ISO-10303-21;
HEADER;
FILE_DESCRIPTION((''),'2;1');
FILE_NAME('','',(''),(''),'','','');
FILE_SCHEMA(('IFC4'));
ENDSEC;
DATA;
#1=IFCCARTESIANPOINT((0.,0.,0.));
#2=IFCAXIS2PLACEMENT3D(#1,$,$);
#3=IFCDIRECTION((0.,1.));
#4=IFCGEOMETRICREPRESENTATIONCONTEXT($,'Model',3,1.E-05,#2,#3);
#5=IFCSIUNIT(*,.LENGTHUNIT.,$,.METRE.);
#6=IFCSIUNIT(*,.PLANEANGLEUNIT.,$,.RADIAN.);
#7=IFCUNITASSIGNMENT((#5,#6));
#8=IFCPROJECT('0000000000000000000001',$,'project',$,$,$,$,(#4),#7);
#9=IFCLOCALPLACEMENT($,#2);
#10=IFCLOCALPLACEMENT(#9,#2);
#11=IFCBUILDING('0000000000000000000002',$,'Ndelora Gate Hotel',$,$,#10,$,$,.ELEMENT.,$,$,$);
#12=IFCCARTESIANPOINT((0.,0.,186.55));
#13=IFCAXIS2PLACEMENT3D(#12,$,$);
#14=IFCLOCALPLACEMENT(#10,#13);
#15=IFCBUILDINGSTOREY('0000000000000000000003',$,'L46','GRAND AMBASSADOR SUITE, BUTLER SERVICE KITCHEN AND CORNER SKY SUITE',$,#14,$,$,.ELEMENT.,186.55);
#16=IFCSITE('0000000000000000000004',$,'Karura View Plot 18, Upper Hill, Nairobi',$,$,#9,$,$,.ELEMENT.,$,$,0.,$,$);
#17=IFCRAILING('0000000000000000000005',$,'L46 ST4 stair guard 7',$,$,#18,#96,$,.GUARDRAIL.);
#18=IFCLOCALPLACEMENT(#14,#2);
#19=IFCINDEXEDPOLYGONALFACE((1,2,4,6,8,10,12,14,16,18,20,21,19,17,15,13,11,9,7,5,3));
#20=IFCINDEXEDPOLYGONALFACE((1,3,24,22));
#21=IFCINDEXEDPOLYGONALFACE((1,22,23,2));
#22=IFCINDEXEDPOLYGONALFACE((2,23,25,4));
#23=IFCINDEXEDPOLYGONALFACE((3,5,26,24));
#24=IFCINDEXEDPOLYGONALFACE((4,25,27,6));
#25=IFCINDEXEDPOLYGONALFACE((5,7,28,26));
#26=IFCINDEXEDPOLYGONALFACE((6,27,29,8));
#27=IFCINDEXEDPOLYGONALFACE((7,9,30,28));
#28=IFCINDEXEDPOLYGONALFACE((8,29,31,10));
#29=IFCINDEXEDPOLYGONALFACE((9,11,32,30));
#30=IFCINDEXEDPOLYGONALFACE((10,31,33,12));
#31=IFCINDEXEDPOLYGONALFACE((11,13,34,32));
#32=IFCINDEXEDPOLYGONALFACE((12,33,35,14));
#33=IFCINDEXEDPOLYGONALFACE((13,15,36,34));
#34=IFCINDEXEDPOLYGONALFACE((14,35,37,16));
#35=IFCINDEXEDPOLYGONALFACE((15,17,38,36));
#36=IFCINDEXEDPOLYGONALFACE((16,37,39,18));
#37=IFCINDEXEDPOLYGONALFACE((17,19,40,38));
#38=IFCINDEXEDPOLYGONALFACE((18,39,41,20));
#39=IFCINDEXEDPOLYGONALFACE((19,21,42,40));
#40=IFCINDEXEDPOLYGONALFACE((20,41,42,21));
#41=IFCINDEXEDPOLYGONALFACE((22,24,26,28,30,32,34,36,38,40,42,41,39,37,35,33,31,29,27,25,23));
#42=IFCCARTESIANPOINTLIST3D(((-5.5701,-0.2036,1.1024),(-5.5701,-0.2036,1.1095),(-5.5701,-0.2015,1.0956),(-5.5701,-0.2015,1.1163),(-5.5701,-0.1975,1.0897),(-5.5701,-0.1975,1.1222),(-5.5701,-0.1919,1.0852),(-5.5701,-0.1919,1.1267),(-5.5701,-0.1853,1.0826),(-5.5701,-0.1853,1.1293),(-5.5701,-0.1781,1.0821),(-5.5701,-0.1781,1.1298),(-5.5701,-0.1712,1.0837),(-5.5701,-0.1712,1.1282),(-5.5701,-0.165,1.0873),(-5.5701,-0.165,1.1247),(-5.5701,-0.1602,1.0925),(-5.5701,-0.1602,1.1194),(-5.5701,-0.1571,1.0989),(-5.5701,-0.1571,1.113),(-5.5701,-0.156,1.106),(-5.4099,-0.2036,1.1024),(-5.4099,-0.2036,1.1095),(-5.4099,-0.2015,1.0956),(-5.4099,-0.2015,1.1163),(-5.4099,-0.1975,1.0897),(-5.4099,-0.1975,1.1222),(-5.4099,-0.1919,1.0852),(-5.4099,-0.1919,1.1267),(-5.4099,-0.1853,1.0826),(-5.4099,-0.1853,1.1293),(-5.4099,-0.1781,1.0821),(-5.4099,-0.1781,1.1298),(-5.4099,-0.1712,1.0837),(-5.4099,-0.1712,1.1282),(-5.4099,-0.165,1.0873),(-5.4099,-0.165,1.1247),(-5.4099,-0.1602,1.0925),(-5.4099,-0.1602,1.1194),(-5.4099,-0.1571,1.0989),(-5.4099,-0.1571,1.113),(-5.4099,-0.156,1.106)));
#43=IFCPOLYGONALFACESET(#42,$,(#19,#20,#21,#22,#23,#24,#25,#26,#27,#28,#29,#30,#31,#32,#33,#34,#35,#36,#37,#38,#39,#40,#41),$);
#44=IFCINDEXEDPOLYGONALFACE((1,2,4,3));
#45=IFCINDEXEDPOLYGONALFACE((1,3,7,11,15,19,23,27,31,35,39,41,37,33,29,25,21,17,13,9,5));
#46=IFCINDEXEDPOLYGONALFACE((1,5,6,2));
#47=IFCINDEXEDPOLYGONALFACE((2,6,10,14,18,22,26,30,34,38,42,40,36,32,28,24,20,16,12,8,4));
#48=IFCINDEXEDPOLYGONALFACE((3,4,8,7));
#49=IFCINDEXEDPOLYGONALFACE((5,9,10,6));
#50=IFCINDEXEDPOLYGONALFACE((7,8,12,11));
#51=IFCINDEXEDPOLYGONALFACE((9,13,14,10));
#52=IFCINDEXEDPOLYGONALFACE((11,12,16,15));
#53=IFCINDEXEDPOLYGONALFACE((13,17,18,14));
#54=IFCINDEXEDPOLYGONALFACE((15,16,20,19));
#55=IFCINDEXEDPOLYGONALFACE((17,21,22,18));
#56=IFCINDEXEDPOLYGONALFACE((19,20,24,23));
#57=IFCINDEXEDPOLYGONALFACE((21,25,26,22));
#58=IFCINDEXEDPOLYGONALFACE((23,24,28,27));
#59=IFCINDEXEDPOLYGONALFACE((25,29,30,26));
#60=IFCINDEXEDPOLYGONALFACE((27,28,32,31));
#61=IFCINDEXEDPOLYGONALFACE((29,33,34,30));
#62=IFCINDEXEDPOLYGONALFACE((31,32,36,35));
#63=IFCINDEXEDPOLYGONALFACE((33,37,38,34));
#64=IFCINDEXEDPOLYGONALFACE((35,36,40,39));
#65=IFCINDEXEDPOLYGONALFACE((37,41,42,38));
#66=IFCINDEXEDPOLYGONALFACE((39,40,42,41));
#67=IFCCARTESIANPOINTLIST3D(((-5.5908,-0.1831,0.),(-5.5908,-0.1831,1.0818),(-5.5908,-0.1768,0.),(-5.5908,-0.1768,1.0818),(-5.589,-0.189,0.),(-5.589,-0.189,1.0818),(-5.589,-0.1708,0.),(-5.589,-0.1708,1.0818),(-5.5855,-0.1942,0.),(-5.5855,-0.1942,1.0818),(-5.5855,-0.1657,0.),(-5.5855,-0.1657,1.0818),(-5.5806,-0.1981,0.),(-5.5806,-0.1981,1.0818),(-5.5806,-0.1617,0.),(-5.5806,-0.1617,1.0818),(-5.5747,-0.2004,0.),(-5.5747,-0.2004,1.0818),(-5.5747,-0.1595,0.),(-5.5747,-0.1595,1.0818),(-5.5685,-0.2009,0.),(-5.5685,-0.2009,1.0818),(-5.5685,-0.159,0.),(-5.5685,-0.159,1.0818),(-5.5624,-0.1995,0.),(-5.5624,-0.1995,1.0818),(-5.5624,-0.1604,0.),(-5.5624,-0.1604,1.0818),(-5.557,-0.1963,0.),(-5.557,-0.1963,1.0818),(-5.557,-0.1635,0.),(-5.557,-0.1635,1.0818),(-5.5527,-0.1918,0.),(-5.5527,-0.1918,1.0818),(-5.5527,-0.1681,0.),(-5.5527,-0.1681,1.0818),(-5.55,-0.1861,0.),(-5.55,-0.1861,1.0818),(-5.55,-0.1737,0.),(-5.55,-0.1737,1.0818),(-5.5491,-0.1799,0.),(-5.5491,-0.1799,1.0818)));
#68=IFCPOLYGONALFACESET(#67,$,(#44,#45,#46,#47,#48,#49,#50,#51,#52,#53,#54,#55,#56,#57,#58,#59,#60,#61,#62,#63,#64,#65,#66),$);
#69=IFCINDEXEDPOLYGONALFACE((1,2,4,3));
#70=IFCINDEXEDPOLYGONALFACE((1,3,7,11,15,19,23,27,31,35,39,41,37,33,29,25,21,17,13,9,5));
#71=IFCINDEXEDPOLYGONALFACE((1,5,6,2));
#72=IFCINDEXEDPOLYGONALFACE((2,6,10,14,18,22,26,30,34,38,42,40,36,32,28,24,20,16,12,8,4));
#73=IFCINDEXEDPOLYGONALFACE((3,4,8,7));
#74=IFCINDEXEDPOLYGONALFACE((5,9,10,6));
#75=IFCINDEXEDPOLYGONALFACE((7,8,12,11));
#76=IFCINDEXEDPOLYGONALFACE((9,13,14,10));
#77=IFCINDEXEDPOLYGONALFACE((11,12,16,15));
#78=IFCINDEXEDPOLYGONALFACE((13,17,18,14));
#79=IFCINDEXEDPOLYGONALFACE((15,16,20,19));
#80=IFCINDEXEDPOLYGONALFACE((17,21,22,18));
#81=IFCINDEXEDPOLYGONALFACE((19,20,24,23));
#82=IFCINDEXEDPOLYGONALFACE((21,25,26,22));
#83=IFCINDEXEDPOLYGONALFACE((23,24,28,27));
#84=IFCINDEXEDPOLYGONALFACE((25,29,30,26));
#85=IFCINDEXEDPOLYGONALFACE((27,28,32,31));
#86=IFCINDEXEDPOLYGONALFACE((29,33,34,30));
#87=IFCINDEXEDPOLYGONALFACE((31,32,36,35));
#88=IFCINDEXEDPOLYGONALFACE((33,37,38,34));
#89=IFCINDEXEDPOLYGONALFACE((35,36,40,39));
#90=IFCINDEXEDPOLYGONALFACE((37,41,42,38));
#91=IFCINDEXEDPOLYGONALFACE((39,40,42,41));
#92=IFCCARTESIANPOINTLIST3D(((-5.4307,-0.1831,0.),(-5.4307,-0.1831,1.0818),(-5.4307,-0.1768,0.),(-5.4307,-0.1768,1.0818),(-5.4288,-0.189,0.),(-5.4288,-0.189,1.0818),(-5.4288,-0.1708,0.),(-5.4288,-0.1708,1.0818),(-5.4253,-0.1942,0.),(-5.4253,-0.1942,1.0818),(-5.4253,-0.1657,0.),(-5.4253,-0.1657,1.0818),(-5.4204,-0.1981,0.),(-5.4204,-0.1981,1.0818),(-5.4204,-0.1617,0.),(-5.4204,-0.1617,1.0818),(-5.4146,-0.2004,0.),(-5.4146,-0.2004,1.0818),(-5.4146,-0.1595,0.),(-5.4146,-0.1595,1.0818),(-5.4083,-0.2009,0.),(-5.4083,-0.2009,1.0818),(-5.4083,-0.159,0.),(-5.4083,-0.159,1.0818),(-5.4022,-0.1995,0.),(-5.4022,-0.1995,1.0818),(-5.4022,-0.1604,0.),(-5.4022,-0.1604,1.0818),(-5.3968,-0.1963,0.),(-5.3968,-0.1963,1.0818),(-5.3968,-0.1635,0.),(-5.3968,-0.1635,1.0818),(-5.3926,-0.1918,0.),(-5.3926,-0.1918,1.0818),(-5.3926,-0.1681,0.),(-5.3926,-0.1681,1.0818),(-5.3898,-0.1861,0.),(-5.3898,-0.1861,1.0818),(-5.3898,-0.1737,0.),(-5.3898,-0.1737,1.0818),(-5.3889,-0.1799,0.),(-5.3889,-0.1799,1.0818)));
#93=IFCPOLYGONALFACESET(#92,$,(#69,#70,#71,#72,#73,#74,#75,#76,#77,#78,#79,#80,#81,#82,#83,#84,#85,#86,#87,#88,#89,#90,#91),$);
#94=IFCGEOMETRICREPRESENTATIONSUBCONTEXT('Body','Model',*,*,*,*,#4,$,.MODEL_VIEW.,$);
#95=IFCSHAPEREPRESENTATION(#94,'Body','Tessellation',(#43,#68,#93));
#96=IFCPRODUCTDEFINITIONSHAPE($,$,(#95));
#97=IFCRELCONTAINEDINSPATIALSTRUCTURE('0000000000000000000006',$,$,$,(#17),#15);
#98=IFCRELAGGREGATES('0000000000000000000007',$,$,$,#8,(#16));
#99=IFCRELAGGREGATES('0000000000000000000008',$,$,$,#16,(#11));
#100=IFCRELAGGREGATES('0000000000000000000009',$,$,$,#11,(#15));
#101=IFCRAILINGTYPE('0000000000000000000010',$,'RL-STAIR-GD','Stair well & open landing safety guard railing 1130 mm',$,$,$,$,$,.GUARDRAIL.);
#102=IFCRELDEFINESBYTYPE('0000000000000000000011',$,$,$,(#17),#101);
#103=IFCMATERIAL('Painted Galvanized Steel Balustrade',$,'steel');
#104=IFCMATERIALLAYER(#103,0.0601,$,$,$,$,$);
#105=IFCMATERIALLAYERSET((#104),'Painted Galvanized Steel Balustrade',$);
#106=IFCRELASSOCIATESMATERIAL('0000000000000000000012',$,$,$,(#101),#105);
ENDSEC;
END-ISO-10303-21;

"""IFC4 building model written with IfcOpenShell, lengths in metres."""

from ifc_helpers import new_model, si_unit, direction, frame, origin, origin_2d, place, context, subcontext, project, spatial, circle, extrude, material, layer, layer_set, type_object, element, save


model = new_model("IFC4")

# Units and contexts
model_context = context("Model", 3, precision=1e-05, world=origin(), true_north=direction((0.0, 1.0)))
body_context = subcontext(model_context, "Body", "Model", "MODEL_VIEW")
ifc_project = project(units=[si_unit("LENGTHUNIT", "METRE"), si_unit("PLANEANGLEUNIT", "RADIAN")], contexts=[model_context])

# Site, building, storey
site_placement = place(None, origin())
site = spatial("IfcSite", under=ifc_project, at=site_placement, Name="Karura View Plot 18, Upper Hill, Nairobi", CompositionType="ELEMENT", RefElevation=0.0)
building_placement = place(site_placement, origin())
building = spatial("IfcBuilding", under=site, at=building_placement, Name="Ndelora Gate Hotel", CompositionType="ELEMENT")
storey_placement = place(building_placement, frame((0.0, 0.0, 186.55)))
storey = spatial("IfcBuildingStorey", under=building, at=storey_placement, Name="L46", Description="GRAND AMBASSADOR SUITE, BUTLER SERVICE KITCHEN AND CORNER SKY SUITE", CompositionType="ELEMENT", Elevation=186.55)

# Railing
ifc_material_1 = material(Name="Painted Galvanized Steel Balustrade", Category="steel")
ifc_layer_1 = layer(ifc_material_1, 0.0601)
ifc_layer_set_1 = layer_set([ifc_layer_1], Name="Painted Galvanized Steel Balustrade")
railing_type_1 = type_object("IfcRailingType", Name="RL-STAIR-GD", Description="Stair well & open landing safety guard railing 1130 mm", PredefinedType="GUARDRAIL", material=ifc_layer_set_1)
railing_1_placement = place(storey_placement, frame((-5.5701, -0.1799, 0.0)))
element("IfcRailing", 1, at=railing_1_placement, inside=storey, type_object=railing_type_1, Name="L46 ST4 stair guard 7", PredefinedType="GUARDRAIL", context=body_context, shape_type="SweptSolid", body=[
    extrude(circle(Radius=0.0239, at=origin_2d()), frame((0.0, 0.0, 1.106), z_axis=(1.0, 0.0, 0.0), x_axis=(0.0, 1.0, 0.0)), (0.0, 0.0, 1.0), 0.1602),
    extrude(circle(Radius=0.021, at=origin_2d()), origin(), (0.0, 0.0, 1.0), 1.0818),
    extrude(circle(Radius=0.021, at=origin_2d()), frame((0.1602, 0.0, 0.0)), (0.0, 0.0, 1.0), 1.0818),
])

save(model, "model.ifc")
